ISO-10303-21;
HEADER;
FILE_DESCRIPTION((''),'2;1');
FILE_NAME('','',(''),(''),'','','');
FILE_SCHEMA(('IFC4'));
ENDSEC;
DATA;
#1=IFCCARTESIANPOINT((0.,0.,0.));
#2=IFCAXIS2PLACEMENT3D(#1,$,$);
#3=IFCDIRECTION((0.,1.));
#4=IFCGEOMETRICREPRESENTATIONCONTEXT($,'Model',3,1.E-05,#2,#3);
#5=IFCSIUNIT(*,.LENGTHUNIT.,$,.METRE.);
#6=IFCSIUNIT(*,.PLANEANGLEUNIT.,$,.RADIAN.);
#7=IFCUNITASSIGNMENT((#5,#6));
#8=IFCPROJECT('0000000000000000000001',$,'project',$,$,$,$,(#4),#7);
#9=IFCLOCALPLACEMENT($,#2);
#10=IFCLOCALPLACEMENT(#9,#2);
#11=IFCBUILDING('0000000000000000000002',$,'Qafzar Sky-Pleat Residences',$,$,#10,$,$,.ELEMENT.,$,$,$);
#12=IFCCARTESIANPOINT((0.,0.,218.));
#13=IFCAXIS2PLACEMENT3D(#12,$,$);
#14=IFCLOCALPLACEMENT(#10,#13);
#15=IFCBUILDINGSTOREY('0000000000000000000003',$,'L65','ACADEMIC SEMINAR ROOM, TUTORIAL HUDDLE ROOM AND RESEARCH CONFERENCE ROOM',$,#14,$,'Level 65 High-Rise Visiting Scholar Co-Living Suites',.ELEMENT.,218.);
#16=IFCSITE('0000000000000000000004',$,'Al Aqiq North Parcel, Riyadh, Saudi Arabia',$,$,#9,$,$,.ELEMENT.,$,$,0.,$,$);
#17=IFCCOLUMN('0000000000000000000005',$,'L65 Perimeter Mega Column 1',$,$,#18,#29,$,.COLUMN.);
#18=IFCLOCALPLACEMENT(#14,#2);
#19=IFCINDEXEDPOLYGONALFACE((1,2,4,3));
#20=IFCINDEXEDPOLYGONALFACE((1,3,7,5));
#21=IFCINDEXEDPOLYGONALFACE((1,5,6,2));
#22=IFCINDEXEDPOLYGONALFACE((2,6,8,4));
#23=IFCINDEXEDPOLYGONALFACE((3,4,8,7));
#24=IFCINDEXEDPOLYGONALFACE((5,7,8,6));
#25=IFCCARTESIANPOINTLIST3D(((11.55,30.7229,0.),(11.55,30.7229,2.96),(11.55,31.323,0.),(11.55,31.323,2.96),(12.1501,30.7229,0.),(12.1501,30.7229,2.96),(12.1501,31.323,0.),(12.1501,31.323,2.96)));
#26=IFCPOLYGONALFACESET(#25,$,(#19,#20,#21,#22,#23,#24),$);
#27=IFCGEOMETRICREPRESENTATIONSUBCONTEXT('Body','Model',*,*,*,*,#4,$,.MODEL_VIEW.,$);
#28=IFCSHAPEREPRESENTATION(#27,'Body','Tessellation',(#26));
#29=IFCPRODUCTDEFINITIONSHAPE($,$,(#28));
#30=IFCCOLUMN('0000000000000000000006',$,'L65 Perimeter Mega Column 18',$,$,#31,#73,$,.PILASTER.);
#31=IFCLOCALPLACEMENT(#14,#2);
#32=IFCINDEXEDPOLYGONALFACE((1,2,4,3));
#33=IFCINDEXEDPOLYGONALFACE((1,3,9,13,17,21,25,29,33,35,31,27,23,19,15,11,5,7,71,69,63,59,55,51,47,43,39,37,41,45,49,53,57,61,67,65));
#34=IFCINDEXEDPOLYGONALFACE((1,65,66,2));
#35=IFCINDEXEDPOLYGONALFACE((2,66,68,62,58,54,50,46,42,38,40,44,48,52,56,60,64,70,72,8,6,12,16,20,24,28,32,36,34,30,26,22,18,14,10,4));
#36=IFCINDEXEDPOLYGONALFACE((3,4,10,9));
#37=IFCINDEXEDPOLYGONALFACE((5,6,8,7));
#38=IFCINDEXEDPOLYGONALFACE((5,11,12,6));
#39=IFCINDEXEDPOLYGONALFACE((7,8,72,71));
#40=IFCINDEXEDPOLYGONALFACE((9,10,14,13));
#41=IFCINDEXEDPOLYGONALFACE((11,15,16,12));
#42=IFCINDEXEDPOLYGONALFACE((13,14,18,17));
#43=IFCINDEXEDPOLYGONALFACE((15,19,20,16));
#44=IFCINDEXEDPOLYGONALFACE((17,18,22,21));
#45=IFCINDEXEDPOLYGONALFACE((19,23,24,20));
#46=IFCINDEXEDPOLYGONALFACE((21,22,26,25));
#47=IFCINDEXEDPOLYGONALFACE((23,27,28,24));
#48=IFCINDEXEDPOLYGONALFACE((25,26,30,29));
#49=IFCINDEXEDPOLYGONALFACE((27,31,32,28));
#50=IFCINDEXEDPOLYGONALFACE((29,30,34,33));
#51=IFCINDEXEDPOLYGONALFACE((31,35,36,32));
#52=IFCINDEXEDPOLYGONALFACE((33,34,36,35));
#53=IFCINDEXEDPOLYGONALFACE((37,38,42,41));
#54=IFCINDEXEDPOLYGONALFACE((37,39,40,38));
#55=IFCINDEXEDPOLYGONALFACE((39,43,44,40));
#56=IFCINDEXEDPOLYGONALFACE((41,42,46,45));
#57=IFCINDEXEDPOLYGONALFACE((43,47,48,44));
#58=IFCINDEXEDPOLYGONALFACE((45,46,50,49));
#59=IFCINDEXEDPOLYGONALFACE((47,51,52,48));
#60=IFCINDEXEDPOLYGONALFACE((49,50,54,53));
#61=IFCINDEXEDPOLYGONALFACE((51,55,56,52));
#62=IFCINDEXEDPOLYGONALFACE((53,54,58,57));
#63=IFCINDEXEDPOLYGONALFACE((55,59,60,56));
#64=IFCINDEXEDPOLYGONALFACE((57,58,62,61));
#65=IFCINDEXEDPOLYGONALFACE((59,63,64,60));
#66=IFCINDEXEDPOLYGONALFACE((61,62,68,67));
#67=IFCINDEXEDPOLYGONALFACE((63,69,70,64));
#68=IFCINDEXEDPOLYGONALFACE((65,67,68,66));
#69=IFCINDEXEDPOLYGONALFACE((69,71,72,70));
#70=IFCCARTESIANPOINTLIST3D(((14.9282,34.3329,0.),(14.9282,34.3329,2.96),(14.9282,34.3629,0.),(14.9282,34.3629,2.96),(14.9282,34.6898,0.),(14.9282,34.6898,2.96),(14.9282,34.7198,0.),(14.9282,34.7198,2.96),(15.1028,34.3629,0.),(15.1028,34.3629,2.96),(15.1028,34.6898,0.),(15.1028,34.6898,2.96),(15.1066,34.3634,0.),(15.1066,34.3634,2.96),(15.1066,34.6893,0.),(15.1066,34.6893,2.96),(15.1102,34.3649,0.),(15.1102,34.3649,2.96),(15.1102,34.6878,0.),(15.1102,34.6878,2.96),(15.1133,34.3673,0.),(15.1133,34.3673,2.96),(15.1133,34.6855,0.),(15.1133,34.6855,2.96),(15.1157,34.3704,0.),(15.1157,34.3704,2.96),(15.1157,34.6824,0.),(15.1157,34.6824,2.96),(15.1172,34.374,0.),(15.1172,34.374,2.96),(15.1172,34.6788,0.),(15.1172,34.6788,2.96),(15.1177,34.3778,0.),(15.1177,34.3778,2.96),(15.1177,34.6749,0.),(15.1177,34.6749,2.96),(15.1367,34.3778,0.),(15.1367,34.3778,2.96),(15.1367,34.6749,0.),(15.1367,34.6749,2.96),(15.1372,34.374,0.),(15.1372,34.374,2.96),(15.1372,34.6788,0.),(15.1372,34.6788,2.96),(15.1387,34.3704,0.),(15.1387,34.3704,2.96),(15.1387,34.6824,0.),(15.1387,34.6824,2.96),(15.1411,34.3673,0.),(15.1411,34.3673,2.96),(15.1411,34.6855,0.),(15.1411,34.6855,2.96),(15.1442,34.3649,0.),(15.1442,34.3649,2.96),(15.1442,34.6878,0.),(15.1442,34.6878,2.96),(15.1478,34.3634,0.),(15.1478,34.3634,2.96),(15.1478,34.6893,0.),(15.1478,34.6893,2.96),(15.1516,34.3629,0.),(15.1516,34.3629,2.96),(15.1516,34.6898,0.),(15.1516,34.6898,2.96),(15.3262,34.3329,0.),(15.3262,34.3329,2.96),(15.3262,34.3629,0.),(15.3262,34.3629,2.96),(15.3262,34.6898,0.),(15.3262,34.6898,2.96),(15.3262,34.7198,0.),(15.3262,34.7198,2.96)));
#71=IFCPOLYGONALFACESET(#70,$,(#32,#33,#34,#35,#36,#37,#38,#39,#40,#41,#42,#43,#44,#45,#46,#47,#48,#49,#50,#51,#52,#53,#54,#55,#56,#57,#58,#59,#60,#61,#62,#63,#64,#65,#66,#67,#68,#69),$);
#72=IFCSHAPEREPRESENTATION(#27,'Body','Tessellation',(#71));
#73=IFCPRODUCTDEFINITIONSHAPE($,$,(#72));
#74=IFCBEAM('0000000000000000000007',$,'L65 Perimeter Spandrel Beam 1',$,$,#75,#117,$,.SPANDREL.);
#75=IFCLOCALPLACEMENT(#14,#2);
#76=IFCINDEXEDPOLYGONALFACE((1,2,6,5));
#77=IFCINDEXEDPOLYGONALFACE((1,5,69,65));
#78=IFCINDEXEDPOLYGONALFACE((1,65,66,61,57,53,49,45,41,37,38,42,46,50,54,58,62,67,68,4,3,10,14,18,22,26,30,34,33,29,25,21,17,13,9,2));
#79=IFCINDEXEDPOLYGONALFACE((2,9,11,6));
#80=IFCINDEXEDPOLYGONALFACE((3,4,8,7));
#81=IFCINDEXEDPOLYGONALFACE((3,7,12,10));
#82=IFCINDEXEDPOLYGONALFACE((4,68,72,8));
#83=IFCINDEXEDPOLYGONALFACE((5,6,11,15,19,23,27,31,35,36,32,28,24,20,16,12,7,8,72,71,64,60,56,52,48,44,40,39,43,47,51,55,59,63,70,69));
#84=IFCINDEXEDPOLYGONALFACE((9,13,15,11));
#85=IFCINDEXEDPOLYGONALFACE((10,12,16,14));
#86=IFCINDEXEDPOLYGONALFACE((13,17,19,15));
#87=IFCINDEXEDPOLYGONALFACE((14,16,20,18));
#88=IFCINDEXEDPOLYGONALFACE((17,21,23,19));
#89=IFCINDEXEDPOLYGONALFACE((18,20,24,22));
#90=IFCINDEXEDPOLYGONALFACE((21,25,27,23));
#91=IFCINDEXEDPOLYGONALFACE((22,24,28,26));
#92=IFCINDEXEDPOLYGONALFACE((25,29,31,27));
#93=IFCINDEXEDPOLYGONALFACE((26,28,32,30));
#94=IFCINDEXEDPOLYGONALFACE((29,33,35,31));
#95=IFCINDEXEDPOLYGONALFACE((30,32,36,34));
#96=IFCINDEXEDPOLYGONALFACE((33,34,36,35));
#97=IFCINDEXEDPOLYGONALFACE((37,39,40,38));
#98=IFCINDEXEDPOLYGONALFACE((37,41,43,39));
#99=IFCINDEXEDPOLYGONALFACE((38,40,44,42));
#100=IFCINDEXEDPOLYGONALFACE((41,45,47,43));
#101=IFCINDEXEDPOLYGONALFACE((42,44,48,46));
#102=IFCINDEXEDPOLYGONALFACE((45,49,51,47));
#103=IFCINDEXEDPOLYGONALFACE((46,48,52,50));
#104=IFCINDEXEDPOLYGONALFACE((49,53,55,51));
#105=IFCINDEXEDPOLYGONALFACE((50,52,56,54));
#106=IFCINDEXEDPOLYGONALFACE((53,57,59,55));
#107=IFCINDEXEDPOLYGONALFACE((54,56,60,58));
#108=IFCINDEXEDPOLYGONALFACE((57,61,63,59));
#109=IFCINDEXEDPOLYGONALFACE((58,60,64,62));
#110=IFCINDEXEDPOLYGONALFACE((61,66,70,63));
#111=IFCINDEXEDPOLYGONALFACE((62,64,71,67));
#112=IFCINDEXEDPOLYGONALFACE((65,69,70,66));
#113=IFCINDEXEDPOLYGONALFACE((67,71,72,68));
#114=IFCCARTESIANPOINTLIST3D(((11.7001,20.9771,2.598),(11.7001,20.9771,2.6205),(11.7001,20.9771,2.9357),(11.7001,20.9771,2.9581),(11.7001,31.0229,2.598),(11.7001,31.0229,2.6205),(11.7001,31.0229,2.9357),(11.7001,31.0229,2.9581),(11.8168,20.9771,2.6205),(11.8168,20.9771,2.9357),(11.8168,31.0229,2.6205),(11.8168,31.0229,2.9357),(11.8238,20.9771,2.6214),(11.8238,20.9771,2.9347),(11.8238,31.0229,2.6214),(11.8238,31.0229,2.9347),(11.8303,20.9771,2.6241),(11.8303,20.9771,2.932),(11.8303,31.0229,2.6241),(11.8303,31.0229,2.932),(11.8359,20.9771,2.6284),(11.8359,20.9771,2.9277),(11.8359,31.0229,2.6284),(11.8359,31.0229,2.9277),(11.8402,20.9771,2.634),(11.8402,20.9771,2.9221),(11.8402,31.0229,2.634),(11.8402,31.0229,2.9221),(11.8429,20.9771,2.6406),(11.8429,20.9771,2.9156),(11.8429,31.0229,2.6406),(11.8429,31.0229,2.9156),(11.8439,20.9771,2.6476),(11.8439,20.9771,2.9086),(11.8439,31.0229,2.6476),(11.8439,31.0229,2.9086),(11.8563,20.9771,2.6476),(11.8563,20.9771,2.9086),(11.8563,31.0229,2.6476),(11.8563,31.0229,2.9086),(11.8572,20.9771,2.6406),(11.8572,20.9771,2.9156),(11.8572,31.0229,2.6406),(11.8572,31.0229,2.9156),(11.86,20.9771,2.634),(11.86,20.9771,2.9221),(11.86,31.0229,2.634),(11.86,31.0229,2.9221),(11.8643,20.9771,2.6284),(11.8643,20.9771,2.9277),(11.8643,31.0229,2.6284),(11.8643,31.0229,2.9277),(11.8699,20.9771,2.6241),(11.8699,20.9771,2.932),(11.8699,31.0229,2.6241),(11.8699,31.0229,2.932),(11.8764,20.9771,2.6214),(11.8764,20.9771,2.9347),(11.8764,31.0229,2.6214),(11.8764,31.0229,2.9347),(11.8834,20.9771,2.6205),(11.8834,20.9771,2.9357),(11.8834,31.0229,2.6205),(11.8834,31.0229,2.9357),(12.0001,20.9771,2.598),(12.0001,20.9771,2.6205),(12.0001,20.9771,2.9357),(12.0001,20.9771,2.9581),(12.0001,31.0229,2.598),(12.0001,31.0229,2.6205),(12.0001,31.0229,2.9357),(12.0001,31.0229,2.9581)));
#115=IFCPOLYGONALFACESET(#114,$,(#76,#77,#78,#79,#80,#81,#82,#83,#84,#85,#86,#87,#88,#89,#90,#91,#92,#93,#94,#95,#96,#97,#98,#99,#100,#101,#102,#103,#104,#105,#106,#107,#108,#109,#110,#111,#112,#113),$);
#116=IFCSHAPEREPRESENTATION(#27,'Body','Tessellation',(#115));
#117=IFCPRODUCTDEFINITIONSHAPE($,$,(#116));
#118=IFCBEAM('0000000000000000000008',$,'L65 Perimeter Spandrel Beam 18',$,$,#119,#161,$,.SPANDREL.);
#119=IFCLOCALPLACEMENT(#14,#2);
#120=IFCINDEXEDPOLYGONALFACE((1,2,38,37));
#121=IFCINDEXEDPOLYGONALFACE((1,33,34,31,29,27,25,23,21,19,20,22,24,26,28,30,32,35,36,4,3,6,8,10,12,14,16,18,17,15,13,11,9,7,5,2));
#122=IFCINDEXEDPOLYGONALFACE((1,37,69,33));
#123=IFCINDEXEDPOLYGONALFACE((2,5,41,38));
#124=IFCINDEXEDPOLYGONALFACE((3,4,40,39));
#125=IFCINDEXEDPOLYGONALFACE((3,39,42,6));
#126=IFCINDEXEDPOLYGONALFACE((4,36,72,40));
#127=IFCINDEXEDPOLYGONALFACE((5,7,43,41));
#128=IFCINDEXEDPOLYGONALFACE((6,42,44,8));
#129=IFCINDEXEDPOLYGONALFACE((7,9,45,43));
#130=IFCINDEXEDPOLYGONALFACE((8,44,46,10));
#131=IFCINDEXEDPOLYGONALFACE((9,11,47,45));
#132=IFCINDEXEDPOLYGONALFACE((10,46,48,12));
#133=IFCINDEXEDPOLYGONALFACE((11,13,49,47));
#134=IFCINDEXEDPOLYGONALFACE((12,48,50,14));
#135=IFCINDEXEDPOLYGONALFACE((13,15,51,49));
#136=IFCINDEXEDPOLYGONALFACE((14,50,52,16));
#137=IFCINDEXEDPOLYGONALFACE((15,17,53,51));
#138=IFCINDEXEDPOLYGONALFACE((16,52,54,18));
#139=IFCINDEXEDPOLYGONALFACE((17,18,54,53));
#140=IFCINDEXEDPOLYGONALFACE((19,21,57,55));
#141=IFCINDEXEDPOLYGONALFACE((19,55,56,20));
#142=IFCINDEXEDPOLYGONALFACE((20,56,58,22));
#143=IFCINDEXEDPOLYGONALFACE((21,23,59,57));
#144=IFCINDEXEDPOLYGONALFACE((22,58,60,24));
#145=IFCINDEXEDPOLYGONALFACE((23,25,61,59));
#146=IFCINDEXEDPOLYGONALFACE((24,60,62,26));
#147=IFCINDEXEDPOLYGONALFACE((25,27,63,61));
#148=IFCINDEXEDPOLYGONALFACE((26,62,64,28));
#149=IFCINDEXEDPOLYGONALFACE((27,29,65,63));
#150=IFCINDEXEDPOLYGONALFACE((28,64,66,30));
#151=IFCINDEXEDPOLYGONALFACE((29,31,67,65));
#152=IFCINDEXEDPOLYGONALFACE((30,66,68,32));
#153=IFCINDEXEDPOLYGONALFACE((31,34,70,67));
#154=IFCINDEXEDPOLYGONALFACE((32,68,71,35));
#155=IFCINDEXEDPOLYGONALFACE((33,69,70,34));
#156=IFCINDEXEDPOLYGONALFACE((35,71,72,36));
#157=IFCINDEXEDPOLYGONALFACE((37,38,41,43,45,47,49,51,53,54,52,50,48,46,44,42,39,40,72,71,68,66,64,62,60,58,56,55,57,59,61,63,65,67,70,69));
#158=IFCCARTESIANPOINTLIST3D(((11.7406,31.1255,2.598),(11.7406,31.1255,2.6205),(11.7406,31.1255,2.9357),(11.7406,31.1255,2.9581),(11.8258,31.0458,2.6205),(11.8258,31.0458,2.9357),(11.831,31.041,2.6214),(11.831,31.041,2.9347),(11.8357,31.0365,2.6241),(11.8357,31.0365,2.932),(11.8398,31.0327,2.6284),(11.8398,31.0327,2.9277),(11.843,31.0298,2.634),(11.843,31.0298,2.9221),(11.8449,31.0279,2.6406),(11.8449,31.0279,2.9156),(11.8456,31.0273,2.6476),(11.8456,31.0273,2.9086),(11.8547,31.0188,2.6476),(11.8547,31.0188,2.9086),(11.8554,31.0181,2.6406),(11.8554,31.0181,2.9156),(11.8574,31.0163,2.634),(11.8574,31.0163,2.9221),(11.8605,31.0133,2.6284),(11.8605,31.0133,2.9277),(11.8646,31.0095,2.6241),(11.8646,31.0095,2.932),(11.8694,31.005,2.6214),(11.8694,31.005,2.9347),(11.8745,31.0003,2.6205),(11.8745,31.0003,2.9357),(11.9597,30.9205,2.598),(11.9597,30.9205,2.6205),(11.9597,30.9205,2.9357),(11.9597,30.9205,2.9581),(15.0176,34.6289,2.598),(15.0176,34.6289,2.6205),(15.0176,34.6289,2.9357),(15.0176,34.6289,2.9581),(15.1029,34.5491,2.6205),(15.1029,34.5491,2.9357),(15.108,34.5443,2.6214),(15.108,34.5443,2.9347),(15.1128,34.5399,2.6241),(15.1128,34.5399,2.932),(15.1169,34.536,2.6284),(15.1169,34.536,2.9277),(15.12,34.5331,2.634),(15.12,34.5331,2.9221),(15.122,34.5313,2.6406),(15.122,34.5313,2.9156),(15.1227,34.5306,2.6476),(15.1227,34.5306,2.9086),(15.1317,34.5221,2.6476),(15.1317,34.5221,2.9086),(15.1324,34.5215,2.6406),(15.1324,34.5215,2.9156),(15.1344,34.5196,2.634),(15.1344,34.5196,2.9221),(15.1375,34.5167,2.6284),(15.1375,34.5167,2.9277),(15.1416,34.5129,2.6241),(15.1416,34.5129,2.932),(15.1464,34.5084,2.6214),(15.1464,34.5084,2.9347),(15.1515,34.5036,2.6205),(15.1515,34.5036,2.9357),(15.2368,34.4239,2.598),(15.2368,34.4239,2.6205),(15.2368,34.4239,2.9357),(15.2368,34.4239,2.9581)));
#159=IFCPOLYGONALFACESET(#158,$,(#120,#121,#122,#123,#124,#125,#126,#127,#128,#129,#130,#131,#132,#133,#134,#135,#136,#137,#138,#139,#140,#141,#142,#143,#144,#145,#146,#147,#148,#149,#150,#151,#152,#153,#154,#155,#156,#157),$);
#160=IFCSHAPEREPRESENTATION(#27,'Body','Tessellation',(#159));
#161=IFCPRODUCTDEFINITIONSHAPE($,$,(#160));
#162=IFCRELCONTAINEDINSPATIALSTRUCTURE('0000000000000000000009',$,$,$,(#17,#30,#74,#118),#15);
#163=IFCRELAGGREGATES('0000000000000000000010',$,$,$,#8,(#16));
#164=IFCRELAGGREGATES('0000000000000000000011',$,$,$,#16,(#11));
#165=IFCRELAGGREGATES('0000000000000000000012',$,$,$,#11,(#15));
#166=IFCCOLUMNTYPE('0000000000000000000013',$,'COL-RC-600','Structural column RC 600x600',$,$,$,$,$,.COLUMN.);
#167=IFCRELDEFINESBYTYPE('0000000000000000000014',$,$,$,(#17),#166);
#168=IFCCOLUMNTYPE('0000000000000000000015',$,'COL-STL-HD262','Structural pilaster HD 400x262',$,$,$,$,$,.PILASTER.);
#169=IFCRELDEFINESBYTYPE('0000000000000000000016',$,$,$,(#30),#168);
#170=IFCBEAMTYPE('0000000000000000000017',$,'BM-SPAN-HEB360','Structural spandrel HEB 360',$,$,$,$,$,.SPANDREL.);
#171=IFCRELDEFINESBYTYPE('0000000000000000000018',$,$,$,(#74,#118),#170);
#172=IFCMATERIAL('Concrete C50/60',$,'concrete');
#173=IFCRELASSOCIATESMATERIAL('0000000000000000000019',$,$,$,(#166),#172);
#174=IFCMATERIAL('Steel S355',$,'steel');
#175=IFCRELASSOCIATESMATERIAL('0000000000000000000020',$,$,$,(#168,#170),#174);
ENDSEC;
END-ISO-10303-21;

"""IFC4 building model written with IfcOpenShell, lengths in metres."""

from ifc_helpers import new_model, si_unit, direction, frame, origin, origin_2d, place, context, subcontext, project, spatial, rectangle, i_section, extrude, source, transform, mapped, material, material_profile, profile_set, type_object, element, save


model = new_model("IFC4")

# Units and contexts
model_context = context("Model", 3, precision=1e-05, world=origin(), true_north=direction((0.0, 1.0)))
body_context = subcontext(model_context, "Body", "Model", "MODEL_VIEW")
ifc_project = project(units=[si_unit("LENGTHUNIT", "METRE"), si_unit("PLANEANGLEUNIT", "RADIAN")], contexts=[model_context])

# Site, building, storey
site_placement = place(None, origin())
site = spatial("IfcSite", under=ifc_project, at=site_placement, Name="Al Aqiq North Parcel, Riyadh, Saudi Arabia", CompositionType="ELEMENT", RefElevation=0.0)
building_placement = place(site_placement, origin())
building = spatial("IfcBuilding", under=site, at=building_placement, Name="Qafzar Sky-Pleat Residences", CompositionType="ELEMENT")
storey_placement = place(building_placement, frame((0.0, 0.0, 218.0)))
storey = spatial("IfcBuildingStorey", under=building, at=storey_placement, Name="L65", Description="ACADEMIC SEMINAR ROOM, TUTORIAL HUDDLE ROOM AND RESEARCH CONFERENCE ROOM", LongName="Level 65 High-Rise Visiting Scholar Co-Living Suites", CompositionType="ELEMENT", Elevation=218.0)

# Columns
ifc_material_1 = material(Name="Concrete C50/60", Category="concrete")
ifc_material_profile_1 = material_profile(ifc_material_1, rectangle(XDim=0.6001, YDim=0.6001, at=origin_2d()), Name="RC 600x600")
ifc_profile_set_1 = profile_set([ifc_material_profile_1], Name="Concrete C50/60")
column_type_1 = type_object("IfcColumnType", Name="COL-RC-600", Description="Structural column RC 600x600", PredefinedType="COLUMN", material=ifc_profile_set_1)
shared_shape_1 = source(origin(), body_context, "Body", "SweptSolid", [
    extrude(rectangle(XDim=0.6001, YDim=0.6001, at=origin_2d()), origin(), (0.0, 0.0, 1.0), 2.96),
])
column_1_placement = place(storey_placement, frame((11.8501, 31.0229, 0.0), z_axis=(0.0, 0.0, 1.0), x_axis=(1.0, 0.0, 0.0)))
element("IfcColumn", 1, at=column_1_placement, inside=storey, type_object=column_type_1, Name="L65 Perimeter Mega Column 1", PredefinedType="COLUMN", context=body_context, shape_type="MappedRepresentation", body=[
    mapped(shared_shape_1, transform((0.0, 0.0, 0.0), x_axis=(1.0, 0.0, 0.0), y_axis=(0.0, 1.0, 0.0), z_axis=(0.0, 0.0, 1.0), scale=1.0)),
])
ifc_material_2 = material(Name="Steel S355", Category="steel")
ifc_material_profile_2 = material_profile(ifc_material_2, i_section(OverallWidth=0.3979, OverallDepth=0.387, WebThickness=0.019, FlangeThickness=0.03, FilletRadius=0.0149, at=origin_2d()), Name="HD 400x262")
ifc_profile_set_2 = profile_set([ifc_material_profile_2], Name="Steel S355")
column_type_2 = type_object("IfcColumnType", Name="COL-STL-HD262", Description="Structural pilaster HD 400x262", PredefinedType="PILASTER", material=ifc_profile_set_2)
shared_shape_2 = source(origin(), body_context, "Body", "SweptSolid", [
    extrude(i_section(OverallWidth=0.3979, OverallDepth=0.387, WebThickness=0.019, FlangeThickness=0.03, FilletRadius=0.0149, at=origin_2d()), origin(), (0.0, 0.0, 1.0), 2.96),
])
column_2_placement = place(storey_placement, frame((15.1272, 34.5264, 0.0), z_axis=(0.0, 0.0, 1.0), x_axis=(1.0, 0.0, 0.0)))
element("IfcColumn", 2, at=column_2_placement, inside=storey, type_object=column_type_2, Name="L65 Perimeter Mega Column 18", PredefinedType="PILASTER", context=body_context, shape_type="MappedRepresentation", body=[
    mapped(shared_shape_2, transform((0.0, 0.0, 0.0), x_axis=(1.0, 0.0, 0.0), y_axis=(0.0, 1.0, 0.0), z_axis=(0.0, 0.0, 1.0), scale=1.0)),
])

# Beams
ifc_material_profile_3 = material_profile(ifc_material_2, i_section(OverallWidth=0.3, OverallDepth=0.3601, WebThickness=0.0125, FlangeThickness=0.0225, FilletRadius=0.0271, at=origin_2d()), Name="HEB 360")
ifc_profile_set_3 = profile_set([ifc_material_profile_3], Name="Steel S355")
beam_type_1 = type_object("IfcBeamType", Name="BM-SPAN-HEB360", Description="Structural spandrel HEB 360", PredefinedType="SPANDREL", material=ifc_profile_set_3)
shared_shape_3 = source(origin(), body_context, "Body", "SweptSolid", [
    extrude(i_section(OverallWidth=0.3, OverallDepth=0.3601, WebThickness=0.0125, FlangeThickness=0.0225, FilletRadius=0.0271, at=origin_2d()), origin(), (0.0, 0.0, 1.0), 10.0459),
])
beam_1_placement = place(storey_placement, frame((11.8501, 31.0229, 2.7781), z_axis=(0.0, -1.0, 0.0), x_axis=(1.0, 0.0, 0.0)))
element("IfcBeam", 3, at=beam_1_placement, inside=storey, type_object=beam_type_1, Name="L65 Perimeter Spandrel Beam 1", PredefinedType="SPANDREL", context=body_context, shape_type="MappedRepresentation", body=[
    mapped(shared_shape_3, transform((0.0, 0.0, 0.0), x_axis=(1.0, 0.0, 0.0), y_axis=(0.0, 1.0, 0.0), z_axis=(0.0, 0.0, 1.0), scale=1.0)),
])
shared_shape_4 = source(origin(), body_context, "Body", "SweptSolid", [
    extrude(i_section(OverallWidth=0.3, OverallDepth=0.3601, WebThickness=0.0125, FlangeThickness=0.0225, FilletRadius=0.0271, at=origin_2d()), origin(), (0.0, 0.0, 1.0), 4.7971),
])
beam_2_placement = place(storey_placement, frame((15.1272, 34.5264, 2.7781), z_axis=(-0.683125, -0.730302, 0.0), x_axis=(0.730302, -0.683125, 0.0)))
element("IfcBeam", 4, at=beam_2_placement, inside=storey, type_object=beam_type_1, Name="L65 Perimeter Spandrel Beam 18", PredefinedType="SPANDREL", context=body_context, shape_type="MappedRepresentation", body=[
    mapped(shared_shape_4, transform((0.0, 0.0, 0.0), x_axis=(1.0, 0.0, 0.0), y_axis=(0.0, 1.0, 0.0), z_axis=(0.0, 0.0, 1.0), scale=1.0)),
])

save(model, "model.ifc")
